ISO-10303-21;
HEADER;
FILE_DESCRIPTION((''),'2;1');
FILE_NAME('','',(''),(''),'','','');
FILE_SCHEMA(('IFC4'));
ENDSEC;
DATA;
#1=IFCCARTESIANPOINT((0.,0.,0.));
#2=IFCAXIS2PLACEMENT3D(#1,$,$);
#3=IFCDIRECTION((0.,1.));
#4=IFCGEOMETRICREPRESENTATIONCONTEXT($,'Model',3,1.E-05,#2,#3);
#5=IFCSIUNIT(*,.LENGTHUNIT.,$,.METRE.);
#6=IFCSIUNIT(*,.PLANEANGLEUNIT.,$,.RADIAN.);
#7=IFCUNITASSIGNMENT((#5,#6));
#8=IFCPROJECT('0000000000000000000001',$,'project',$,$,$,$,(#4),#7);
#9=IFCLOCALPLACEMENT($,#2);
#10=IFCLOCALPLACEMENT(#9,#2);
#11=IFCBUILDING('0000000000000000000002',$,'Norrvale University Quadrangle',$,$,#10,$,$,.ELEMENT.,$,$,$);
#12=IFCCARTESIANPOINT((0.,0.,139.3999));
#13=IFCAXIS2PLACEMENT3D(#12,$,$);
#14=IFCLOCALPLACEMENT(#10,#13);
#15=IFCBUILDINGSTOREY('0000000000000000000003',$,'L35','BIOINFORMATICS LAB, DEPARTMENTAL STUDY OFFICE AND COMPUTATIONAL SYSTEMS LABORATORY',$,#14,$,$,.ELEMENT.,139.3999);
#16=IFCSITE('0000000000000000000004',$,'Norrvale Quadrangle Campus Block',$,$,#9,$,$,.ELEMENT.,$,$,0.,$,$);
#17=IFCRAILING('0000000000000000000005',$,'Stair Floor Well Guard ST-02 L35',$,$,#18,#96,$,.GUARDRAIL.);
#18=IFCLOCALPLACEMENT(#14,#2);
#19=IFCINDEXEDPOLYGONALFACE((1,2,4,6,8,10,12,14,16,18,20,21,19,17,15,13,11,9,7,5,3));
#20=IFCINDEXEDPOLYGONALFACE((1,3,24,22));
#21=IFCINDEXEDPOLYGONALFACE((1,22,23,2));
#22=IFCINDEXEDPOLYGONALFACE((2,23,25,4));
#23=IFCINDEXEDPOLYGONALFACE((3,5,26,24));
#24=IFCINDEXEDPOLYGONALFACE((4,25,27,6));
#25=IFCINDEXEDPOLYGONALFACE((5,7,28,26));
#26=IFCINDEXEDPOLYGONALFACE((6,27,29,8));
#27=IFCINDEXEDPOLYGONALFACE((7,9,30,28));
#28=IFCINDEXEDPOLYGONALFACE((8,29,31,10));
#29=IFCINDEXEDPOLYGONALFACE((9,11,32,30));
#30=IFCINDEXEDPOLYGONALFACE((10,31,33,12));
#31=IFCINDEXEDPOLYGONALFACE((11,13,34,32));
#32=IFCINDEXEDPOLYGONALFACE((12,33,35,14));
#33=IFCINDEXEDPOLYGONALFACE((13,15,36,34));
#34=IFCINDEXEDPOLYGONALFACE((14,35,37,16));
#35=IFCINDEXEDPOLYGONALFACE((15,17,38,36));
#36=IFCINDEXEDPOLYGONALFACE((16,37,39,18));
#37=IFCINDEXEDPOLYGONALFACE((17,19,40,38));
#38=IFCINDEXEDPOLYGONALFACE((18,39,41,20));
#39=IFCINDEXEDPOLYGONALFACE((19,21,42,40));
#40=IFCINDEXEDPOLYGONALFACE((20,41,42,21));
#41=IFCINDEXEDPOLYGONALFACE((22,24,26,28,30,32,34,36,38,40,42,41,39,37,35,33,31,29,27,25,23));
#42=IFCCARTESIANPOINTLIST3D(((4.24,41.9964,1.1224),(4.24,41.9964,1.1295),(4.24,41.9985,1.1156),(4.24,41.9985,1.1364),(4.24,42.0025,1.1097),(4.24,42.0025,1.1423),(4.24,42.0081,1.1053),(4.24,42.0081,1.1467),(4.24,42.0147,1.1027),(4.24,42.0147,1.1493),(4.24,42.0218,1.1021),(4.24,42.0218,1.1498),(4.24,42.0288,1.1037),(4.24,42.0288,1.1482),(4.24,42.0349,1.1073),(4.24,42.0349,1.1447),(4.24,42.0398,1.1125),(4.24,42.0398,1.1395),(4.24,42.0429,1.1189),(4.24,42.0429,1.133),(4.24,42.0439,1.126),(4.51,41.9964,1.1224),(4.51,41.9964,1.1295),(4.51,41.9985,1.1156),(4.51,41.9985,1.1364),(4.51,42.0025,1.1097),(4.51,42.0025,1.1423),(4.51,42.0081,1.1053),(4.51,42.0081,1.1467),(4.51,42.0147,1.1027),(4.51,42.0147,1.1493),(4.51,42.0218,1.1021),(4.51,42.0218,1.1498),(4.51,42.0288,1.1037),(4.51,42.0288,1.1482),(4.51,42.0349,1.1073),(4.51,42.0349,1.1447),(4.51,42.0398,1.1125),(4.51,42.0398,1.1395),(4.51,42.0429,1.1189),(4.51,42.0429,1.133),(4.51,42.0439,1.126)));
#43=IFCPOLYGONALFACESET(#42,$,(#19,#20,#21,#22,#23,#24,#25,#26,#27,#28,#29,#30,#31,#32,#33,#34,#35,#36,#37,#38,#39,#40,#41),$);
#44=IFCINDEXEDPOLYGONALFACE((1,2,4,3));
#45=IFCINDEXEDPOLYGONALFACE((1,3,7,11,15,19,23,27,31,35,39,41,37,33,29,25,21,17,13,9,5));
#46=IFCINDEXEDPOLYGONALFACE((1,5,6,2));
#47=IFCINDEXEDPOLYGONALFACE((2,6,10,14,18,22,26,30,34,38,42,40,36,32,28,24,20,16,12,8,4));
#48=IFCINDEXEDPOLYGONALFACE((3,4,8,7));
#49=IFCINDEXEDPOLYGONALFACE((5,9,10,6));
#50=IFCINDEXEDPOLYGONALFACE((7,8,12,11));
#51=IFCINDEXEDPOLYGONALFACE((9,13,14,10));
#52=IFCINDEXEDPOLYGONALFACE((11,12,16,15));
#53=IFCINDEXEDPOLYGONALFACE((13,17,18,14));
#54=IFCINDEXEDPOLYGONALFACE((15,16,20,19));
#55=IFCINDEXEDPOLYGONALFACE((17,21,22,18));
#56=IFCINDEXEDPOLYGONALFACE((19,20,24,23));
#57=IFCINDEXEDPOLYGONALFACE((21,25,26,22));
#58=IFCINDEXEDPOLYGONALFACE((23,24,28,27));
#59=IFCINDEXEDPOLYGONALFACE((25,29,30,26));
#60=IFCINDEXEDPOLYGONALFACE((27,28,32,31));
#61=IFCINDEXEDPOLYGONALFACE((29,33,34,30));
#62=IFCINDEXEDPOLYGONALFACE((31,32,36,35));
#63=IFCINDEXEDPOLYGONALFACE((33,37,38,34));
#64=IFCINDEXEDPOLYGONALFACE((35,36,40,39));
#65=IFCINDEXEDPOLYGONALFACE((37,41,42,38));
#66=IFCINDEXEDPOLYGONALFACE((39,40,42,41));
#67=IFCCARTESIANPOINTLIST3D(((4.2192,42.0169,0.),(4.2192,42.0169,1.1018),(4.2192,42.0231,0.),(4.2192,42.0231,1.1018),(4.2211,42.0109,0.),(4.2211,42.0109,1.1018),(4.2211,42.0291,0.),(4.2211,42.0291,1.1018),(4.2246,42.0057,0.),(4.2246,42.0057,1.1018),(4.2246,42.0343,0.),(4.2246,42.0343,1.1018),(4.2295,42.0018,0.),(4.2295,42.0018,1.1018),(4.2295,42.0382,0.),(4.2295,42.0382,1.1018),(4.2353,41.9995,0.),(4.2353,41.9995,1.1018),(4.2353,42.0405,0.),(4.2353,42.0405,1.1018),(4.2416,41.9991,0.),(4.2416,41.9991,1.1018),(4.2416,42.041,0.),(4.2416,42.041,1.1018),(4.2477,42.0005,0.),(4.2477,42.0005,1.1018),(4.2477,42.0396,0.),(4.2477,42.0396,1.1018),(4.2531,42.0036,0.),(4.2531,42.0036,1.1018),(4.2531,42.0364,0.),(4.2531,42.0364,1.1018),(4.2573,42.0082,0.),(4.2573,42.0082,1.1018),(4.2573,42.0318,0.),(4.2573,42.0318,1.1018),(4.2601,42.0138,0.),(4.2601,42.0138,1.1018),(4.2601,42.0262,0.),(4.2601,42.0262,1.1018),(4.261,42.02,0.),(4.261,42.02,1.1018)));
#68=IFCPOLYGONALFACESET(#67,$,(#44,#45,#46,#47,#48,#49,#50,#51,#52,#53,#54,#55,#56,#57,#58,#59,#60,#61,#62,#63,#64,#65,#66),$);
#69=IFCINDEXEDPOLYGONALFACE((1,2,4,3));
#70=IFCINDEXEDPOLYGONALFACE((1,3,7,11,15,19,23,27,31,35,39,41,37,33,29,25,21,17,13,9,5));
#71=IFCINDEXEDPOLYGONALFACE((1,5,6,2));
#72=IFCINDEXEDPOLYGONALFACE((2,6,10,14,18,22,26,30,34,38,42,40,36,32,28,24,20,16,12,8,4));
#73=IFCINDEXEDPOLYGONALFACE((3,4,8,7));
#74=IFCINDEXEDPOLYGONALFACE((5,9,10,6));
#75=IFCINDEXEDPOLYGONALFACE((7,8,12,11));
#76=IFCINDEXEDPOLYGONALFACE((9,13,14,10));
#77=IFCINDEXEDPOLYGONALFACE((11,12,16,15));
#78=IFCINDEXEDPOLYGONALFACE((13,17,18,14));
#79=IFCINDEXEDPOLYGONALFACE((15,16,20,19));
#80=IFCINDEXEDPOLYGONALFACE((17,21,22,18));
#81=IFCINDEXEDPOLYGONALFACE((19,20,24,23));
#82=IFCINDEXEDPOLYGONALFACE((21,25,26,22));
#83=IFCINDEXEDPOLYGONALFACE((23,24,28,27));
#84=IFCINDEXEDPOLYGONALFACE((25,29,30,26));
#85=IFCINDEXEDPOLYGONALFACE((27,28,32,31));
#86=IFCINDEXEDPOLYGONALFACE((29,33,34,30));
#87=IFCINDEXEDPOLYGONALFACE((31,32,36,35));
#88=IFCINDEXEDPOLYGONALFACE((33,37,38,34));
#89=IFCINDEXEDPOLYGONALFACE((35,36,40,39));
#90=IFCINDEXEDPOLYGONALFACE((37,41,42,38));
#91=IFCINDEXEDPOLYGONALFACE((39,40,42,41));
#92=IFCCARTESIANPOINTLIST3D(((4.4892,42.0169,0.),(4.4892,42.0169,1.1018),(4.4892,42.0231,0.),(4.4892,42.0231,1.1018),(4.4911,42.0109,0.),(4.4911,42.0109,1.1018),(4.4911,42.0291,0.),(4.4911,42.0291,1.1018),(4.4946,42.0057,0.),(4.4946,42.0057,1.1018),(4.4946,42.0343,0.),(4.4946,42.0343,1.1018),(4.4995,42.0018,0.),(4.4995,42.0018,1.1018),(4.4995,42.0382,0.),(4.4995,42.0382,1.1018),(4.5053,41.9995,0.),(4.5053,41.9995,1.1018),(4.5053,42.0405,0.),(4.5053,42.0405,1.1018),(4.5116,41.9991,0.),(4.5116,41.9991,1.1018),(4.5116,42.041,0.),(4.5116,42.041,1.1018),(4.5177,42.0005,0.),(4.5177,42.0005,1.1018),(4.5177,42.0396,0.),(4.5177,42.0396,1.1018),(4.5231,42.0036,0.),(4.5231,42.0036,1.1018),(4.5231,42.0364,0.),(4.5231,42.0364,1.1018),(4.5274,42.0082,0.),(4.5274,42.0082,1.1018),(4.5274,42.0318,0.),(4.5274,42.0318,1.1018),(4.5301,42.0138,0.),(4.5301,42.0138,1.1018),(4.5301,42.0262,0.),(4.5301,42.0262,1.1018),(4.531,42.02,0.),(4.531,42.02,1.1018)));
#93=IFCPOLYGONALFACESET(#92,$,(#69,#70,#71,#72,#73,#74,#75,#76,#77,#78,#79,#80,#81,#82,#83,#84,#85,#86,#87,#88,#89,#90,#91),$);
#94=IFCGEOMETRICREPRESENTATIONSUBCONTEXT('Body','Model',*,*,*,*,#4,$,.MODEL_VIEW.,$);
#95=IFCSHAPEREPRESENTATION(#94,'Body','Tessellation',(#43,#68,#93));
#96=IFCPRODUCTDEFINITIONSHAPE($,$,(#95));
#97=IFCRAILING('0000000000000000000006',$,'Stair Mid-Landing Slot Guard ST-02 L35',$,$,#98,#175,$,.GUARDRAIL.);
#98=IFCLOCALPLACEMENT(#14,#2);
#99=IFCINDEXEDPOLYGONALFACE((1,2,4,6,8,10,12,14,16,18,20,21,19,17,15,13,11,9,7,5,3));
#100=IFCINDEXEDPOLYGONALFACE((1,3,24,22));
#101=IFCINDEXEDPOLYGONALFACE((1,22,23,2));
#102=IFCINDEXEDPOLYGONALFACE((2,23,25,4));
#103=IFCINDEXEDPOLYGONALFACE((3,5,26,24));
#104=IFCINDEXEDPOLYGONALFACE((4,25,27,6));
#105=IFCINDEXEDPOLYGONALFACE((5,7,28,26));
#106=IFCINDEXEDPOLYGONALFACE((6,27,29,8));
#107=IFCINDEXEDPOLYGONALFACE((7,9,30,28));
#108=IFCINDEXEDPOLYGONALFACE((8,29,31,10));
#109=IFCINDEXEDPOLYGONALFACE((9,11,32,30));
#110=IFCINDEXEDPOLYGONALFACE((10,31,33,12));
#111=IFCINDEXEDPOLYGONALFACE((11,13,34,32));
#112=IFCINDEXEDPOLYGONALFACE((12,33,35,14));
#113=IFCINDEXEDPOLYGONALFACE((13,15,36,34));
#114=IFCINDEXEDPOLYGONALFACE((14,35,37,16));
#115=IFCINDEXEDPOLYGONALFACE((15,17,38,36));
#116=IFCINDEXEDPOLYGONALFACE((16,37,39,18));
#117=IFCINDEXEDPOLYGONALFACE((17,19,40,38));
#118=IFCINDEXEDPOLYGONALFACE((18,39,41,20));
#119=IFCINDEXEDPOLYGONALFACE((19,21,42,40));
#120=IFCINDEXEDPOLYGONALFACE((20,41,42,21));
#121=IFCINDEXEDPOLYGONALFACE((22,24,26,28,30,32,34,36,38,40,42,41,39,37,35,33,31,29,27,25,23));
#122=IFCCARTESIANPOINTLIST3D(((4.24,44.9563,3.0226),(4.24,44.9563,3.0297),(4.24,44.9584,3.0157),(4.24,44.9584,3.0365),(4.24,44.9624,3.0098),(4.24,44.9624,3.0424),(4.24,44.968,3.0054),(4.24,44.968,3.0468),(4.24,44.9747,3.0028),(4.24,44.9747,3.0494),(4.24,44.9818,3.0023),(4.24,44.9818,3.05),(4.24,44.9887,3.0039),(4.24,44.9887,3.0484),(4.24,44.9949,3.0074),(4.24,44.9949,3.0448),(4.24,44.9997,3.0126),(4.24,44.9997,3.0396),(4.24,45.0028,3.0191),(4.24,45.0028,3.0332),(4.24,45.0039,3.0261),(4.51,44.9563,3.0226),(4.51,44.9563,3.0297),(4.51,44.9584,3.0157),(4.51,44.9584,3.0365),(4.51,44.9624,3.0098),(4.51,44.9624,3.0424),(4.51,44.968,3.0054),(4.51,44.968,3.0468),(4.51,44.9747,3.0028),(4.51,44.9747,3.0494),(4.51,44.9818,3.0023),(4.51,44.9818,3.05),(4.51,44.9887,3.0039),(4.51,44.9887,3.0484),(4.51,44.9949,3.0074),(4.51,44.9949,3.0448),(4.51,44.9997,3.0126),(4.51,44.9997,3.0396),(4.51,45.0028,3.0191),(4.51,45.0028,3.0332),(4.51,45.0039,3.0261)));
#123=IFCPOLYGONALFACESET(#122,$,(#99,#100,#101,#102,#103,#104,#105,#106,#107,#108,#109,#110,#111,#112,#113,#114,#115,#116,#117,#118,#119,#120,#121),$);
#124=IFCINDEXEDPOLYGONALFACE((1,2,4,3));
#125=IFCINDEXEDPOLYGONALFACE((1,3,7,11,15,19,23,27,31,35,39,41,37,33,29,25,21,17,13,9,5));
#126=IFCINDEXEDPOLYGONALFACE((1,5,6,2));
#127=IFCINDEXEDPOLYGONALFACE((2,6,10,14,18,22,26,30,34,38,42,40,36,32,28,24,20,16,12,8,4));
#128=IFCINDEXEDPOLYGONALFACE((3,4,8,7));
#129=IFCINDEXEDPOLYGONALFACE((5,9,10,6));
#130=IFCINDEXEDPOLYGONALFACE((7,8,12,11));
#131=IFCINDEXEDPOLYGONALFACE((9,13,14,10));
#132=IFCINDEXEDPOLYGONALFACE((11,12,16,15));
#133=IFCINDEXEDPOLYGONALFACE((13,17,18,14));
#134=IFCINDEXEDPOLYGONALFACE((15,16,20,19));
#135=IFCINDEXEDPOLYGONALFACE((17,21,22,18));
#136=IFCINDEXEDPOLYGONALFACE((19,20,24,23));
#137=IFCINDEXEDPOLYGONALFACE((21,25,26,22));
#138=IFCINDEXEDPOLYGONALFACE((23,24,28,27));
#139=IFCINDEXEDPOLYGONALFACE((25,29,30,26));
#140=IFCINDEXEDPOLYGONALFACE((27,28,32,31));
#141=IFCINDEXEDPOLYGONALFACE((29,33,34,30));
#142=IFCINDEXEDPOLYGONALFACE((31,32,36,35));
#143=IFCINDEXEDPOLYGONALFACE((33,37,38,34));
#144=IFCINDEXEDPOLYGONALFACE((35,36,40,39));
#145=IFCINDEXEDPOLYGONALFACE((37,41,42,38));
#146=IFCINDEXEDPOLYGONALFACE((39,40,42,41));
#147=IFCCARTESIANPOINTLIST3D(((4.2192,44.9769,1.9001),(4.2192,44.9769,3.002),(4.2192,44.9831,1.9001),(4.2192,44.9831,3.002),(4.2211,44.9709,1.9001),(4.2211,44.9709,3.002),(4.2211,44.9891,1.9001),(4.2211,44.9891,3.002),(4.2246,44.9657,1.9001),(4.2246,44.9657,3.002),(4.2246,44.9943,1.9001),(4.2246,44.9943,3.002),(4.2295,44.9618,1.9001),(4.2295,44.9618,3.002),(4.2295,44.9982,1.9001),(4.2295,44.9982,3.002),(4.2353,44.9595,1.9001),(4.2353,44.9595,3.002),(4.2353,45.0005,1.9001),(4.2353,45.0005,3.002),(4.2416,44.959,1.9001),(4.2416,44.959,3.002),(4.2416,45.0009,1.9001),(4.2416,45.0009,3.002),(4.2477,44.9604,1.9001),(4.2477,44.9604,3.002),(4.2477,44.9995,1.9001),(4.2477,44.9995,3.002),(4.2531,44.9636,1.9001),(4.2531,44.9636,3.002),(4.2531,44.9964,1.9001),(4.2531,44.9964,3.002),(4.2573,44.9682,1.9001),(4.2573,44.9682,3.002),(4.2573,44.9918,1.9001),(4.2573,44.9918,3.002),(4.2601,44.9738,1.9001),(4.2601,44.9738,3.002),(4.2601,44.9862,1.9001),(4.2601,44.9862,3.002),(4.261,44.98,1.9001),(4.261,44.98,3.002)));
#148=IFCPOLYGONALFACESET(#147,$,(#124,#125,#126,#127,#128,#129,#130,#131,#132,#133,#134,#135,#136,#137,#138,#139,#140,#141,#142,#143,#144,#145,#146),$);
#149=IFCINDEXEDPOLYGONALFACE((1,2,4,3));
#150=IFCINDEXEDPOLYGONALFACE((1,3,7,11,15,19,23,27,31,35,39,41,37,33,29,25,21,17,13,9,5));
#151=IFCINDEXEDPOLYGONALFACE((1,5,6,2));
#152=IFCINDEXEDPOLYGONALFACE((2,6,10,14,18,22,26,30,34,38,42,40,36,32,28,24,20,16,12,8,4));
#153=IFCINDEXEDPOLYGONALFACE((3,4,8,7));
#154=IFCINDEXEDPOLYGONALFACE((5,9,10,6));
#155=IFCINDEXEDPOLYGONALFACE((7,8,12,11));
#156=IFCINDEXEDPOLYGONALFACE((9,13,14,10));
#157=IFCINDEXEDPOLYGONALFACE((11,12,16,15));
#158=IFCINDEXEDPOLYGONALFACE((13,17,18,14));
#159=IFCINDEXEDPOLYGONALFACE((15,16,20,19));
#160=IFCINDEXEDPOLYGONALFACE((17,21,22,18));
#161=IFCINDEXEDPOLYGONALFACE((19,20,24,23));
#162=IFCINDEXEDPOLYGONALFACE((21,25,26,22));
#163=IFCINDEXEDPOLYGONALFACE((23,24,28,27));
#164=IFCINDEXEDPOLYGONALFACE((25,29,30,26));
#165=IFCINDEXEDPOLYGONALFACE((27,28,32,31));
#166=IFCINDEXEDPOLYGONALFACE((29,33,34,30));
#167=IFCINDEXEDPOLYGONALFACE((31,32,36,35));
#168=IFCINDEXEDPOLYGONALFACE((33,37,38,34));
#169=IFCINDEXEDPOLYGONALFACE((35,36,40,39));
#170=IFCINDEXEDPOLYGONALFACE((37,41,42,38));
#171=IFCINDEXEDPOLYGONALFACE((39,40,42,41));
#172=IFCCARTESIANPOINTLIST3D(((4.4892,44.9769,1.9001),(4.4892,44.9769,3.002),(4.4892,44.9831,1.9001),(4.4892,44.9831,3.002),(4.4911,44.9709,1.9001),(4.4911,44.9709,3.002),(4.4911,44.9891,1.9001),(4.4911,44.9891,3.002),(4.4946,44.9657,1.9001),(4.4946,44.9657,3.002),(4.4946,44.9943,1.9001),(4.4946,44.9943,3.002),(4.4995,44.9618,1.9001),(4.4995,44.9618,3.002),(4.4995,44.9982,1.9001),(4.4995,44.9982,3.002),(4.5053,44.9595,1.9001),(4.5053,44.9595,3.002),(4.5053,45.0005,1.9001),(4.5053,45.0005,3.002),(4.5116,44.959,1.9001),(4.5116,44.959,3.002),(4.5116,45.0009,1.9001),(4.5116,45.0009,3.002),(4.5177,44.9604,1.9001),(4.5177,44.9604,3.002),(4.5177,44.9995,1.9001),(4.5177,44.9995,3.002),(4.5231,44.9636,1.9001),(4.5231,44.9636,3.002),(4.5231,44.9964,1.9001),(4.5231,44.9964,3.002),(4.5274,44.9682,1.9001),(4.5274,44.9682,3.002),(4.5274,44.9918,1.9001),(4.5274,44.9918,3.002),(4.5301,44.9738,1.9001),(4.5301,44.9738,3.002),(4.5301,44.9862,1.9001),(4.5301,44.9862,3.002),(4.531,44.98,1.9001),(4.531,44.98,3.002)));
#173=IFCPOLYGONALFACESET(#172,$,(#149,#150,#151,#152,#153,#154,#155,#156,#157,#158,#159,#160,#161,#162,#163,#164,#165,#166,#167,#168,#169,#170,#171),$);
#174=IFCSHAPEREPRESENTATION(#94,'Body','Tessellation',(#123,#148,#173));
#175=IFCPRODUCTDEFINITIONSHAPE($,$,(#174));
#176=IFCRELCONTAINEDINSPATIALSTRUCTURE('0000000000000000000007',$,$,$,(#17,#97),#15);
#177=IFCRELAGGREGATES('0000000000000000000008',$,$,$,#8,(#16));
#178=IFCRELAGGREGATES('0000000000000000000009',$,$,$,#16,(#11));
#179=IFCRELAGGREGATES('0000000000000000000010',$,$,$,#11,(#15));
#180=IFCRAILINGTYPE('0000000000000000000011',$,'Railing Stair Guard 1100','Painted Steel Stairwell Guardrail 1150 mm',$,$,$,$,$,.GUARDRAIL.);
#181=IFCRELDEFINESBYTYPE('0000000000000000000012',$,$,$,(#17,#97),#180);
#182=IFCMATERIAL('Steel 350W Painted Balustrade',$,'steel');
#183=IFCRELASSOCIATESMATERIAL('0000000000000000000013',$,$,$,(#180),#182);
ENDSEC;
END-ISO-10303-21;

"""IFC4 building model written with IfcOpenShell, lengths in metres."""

from ifc_helpers import new_model, si_unit, direction, frame, origin, origin_2d, place, context, subcontext, project, spatial, circle, extrude, material, type_object, element, save


model = new_model("IFC4")

# Units and contexts
model_context = context("Model", 3, precision=1e-05, world=origin(), true_north=direction((0.0, 1.0)))
body_context = subcontext(model_context, "Body", "Model", "MODEL_VIEW")
ifc_project = project(units=[si_unit("LENGTHUNIT", "METRE"), si_unit("PLANEANGLEUNIT", "RADIAN")], contexts=[model_context])

# Site, building, storey
site_placement = place(None, origin())
site = spatial("IfcSite", under=ifc_project, at=site_placement, Name="Norrvale Quadrangle Campus Block", CompositionType="ELEMENT", RefElevation=0.0)
building_placement = place(site_placement, origin())
building = spatial("IfcBuilding", under=site, at=building_placement, Name="Norrvale University Quadrangle", CompositionType="ELEMENT")
storey_placement = place(building_placement, frame((0.0, 0.0, 139.3999)))
storey = spatial("IfcBuildingStorey", under=building, at=storey_placement, Name="L35", Description="BIOINFORMATICS LAB, DEPARTMENTAL STUDY OFFICE AND COMPUTATIONAL SYSTEMS LABORATORY", CompositionType="ELEMENT", Elevation=139.3999)

# Railings
ifc_material_1 = material(Name="Steel 350W Painted Balustrade", Category="steel")
railing_type_1 = type_object("IfcRailingType", Name="Railing Stair Guard 1100", Description="Painted Steel Stairwell Guardrail 1150 mm", PredefinedType="GUARDRAIL", material=ifc_material_1)
for number, where, name in (
    (1, (4.24, 42.02, 0.0), "Stair Floor Well Guard ST-02 L35"),
    (2, (4.24, 44.98, 1.9001), "Stair Mid-Landing Slot Guard ST-02 L35"),
):
    element("IfcRailing", number, at=place(storey_placement, frame(where)), inside=storey, type_object=railing_type_1, Name=name, PredefinedType="GUARDRAIL", context=body_context, shape_type="SweptSolid", body=[
        extrude(circle(Radius=0.0239, at=origin_2d()), frame((0.0, 0.0, 1.126), z_axis=(1.0, 0.0, 0.0), x_axis=(0.0, 1.0, 0.0)), (0.0, 0.0, 1.0), 0.27),
        extrude(circle(Radius=0.021, at=origin_2d()), origin(), (0.0, 0.0, 1.0), 1.1018),
        extrude(circle(Radius=0.021, at=origin_2d()), frame((0.27, 0.0, 0.0)), (0.0, 0.0, 1.0), 1.1018),
    ])

save(model, "model.ifc")
